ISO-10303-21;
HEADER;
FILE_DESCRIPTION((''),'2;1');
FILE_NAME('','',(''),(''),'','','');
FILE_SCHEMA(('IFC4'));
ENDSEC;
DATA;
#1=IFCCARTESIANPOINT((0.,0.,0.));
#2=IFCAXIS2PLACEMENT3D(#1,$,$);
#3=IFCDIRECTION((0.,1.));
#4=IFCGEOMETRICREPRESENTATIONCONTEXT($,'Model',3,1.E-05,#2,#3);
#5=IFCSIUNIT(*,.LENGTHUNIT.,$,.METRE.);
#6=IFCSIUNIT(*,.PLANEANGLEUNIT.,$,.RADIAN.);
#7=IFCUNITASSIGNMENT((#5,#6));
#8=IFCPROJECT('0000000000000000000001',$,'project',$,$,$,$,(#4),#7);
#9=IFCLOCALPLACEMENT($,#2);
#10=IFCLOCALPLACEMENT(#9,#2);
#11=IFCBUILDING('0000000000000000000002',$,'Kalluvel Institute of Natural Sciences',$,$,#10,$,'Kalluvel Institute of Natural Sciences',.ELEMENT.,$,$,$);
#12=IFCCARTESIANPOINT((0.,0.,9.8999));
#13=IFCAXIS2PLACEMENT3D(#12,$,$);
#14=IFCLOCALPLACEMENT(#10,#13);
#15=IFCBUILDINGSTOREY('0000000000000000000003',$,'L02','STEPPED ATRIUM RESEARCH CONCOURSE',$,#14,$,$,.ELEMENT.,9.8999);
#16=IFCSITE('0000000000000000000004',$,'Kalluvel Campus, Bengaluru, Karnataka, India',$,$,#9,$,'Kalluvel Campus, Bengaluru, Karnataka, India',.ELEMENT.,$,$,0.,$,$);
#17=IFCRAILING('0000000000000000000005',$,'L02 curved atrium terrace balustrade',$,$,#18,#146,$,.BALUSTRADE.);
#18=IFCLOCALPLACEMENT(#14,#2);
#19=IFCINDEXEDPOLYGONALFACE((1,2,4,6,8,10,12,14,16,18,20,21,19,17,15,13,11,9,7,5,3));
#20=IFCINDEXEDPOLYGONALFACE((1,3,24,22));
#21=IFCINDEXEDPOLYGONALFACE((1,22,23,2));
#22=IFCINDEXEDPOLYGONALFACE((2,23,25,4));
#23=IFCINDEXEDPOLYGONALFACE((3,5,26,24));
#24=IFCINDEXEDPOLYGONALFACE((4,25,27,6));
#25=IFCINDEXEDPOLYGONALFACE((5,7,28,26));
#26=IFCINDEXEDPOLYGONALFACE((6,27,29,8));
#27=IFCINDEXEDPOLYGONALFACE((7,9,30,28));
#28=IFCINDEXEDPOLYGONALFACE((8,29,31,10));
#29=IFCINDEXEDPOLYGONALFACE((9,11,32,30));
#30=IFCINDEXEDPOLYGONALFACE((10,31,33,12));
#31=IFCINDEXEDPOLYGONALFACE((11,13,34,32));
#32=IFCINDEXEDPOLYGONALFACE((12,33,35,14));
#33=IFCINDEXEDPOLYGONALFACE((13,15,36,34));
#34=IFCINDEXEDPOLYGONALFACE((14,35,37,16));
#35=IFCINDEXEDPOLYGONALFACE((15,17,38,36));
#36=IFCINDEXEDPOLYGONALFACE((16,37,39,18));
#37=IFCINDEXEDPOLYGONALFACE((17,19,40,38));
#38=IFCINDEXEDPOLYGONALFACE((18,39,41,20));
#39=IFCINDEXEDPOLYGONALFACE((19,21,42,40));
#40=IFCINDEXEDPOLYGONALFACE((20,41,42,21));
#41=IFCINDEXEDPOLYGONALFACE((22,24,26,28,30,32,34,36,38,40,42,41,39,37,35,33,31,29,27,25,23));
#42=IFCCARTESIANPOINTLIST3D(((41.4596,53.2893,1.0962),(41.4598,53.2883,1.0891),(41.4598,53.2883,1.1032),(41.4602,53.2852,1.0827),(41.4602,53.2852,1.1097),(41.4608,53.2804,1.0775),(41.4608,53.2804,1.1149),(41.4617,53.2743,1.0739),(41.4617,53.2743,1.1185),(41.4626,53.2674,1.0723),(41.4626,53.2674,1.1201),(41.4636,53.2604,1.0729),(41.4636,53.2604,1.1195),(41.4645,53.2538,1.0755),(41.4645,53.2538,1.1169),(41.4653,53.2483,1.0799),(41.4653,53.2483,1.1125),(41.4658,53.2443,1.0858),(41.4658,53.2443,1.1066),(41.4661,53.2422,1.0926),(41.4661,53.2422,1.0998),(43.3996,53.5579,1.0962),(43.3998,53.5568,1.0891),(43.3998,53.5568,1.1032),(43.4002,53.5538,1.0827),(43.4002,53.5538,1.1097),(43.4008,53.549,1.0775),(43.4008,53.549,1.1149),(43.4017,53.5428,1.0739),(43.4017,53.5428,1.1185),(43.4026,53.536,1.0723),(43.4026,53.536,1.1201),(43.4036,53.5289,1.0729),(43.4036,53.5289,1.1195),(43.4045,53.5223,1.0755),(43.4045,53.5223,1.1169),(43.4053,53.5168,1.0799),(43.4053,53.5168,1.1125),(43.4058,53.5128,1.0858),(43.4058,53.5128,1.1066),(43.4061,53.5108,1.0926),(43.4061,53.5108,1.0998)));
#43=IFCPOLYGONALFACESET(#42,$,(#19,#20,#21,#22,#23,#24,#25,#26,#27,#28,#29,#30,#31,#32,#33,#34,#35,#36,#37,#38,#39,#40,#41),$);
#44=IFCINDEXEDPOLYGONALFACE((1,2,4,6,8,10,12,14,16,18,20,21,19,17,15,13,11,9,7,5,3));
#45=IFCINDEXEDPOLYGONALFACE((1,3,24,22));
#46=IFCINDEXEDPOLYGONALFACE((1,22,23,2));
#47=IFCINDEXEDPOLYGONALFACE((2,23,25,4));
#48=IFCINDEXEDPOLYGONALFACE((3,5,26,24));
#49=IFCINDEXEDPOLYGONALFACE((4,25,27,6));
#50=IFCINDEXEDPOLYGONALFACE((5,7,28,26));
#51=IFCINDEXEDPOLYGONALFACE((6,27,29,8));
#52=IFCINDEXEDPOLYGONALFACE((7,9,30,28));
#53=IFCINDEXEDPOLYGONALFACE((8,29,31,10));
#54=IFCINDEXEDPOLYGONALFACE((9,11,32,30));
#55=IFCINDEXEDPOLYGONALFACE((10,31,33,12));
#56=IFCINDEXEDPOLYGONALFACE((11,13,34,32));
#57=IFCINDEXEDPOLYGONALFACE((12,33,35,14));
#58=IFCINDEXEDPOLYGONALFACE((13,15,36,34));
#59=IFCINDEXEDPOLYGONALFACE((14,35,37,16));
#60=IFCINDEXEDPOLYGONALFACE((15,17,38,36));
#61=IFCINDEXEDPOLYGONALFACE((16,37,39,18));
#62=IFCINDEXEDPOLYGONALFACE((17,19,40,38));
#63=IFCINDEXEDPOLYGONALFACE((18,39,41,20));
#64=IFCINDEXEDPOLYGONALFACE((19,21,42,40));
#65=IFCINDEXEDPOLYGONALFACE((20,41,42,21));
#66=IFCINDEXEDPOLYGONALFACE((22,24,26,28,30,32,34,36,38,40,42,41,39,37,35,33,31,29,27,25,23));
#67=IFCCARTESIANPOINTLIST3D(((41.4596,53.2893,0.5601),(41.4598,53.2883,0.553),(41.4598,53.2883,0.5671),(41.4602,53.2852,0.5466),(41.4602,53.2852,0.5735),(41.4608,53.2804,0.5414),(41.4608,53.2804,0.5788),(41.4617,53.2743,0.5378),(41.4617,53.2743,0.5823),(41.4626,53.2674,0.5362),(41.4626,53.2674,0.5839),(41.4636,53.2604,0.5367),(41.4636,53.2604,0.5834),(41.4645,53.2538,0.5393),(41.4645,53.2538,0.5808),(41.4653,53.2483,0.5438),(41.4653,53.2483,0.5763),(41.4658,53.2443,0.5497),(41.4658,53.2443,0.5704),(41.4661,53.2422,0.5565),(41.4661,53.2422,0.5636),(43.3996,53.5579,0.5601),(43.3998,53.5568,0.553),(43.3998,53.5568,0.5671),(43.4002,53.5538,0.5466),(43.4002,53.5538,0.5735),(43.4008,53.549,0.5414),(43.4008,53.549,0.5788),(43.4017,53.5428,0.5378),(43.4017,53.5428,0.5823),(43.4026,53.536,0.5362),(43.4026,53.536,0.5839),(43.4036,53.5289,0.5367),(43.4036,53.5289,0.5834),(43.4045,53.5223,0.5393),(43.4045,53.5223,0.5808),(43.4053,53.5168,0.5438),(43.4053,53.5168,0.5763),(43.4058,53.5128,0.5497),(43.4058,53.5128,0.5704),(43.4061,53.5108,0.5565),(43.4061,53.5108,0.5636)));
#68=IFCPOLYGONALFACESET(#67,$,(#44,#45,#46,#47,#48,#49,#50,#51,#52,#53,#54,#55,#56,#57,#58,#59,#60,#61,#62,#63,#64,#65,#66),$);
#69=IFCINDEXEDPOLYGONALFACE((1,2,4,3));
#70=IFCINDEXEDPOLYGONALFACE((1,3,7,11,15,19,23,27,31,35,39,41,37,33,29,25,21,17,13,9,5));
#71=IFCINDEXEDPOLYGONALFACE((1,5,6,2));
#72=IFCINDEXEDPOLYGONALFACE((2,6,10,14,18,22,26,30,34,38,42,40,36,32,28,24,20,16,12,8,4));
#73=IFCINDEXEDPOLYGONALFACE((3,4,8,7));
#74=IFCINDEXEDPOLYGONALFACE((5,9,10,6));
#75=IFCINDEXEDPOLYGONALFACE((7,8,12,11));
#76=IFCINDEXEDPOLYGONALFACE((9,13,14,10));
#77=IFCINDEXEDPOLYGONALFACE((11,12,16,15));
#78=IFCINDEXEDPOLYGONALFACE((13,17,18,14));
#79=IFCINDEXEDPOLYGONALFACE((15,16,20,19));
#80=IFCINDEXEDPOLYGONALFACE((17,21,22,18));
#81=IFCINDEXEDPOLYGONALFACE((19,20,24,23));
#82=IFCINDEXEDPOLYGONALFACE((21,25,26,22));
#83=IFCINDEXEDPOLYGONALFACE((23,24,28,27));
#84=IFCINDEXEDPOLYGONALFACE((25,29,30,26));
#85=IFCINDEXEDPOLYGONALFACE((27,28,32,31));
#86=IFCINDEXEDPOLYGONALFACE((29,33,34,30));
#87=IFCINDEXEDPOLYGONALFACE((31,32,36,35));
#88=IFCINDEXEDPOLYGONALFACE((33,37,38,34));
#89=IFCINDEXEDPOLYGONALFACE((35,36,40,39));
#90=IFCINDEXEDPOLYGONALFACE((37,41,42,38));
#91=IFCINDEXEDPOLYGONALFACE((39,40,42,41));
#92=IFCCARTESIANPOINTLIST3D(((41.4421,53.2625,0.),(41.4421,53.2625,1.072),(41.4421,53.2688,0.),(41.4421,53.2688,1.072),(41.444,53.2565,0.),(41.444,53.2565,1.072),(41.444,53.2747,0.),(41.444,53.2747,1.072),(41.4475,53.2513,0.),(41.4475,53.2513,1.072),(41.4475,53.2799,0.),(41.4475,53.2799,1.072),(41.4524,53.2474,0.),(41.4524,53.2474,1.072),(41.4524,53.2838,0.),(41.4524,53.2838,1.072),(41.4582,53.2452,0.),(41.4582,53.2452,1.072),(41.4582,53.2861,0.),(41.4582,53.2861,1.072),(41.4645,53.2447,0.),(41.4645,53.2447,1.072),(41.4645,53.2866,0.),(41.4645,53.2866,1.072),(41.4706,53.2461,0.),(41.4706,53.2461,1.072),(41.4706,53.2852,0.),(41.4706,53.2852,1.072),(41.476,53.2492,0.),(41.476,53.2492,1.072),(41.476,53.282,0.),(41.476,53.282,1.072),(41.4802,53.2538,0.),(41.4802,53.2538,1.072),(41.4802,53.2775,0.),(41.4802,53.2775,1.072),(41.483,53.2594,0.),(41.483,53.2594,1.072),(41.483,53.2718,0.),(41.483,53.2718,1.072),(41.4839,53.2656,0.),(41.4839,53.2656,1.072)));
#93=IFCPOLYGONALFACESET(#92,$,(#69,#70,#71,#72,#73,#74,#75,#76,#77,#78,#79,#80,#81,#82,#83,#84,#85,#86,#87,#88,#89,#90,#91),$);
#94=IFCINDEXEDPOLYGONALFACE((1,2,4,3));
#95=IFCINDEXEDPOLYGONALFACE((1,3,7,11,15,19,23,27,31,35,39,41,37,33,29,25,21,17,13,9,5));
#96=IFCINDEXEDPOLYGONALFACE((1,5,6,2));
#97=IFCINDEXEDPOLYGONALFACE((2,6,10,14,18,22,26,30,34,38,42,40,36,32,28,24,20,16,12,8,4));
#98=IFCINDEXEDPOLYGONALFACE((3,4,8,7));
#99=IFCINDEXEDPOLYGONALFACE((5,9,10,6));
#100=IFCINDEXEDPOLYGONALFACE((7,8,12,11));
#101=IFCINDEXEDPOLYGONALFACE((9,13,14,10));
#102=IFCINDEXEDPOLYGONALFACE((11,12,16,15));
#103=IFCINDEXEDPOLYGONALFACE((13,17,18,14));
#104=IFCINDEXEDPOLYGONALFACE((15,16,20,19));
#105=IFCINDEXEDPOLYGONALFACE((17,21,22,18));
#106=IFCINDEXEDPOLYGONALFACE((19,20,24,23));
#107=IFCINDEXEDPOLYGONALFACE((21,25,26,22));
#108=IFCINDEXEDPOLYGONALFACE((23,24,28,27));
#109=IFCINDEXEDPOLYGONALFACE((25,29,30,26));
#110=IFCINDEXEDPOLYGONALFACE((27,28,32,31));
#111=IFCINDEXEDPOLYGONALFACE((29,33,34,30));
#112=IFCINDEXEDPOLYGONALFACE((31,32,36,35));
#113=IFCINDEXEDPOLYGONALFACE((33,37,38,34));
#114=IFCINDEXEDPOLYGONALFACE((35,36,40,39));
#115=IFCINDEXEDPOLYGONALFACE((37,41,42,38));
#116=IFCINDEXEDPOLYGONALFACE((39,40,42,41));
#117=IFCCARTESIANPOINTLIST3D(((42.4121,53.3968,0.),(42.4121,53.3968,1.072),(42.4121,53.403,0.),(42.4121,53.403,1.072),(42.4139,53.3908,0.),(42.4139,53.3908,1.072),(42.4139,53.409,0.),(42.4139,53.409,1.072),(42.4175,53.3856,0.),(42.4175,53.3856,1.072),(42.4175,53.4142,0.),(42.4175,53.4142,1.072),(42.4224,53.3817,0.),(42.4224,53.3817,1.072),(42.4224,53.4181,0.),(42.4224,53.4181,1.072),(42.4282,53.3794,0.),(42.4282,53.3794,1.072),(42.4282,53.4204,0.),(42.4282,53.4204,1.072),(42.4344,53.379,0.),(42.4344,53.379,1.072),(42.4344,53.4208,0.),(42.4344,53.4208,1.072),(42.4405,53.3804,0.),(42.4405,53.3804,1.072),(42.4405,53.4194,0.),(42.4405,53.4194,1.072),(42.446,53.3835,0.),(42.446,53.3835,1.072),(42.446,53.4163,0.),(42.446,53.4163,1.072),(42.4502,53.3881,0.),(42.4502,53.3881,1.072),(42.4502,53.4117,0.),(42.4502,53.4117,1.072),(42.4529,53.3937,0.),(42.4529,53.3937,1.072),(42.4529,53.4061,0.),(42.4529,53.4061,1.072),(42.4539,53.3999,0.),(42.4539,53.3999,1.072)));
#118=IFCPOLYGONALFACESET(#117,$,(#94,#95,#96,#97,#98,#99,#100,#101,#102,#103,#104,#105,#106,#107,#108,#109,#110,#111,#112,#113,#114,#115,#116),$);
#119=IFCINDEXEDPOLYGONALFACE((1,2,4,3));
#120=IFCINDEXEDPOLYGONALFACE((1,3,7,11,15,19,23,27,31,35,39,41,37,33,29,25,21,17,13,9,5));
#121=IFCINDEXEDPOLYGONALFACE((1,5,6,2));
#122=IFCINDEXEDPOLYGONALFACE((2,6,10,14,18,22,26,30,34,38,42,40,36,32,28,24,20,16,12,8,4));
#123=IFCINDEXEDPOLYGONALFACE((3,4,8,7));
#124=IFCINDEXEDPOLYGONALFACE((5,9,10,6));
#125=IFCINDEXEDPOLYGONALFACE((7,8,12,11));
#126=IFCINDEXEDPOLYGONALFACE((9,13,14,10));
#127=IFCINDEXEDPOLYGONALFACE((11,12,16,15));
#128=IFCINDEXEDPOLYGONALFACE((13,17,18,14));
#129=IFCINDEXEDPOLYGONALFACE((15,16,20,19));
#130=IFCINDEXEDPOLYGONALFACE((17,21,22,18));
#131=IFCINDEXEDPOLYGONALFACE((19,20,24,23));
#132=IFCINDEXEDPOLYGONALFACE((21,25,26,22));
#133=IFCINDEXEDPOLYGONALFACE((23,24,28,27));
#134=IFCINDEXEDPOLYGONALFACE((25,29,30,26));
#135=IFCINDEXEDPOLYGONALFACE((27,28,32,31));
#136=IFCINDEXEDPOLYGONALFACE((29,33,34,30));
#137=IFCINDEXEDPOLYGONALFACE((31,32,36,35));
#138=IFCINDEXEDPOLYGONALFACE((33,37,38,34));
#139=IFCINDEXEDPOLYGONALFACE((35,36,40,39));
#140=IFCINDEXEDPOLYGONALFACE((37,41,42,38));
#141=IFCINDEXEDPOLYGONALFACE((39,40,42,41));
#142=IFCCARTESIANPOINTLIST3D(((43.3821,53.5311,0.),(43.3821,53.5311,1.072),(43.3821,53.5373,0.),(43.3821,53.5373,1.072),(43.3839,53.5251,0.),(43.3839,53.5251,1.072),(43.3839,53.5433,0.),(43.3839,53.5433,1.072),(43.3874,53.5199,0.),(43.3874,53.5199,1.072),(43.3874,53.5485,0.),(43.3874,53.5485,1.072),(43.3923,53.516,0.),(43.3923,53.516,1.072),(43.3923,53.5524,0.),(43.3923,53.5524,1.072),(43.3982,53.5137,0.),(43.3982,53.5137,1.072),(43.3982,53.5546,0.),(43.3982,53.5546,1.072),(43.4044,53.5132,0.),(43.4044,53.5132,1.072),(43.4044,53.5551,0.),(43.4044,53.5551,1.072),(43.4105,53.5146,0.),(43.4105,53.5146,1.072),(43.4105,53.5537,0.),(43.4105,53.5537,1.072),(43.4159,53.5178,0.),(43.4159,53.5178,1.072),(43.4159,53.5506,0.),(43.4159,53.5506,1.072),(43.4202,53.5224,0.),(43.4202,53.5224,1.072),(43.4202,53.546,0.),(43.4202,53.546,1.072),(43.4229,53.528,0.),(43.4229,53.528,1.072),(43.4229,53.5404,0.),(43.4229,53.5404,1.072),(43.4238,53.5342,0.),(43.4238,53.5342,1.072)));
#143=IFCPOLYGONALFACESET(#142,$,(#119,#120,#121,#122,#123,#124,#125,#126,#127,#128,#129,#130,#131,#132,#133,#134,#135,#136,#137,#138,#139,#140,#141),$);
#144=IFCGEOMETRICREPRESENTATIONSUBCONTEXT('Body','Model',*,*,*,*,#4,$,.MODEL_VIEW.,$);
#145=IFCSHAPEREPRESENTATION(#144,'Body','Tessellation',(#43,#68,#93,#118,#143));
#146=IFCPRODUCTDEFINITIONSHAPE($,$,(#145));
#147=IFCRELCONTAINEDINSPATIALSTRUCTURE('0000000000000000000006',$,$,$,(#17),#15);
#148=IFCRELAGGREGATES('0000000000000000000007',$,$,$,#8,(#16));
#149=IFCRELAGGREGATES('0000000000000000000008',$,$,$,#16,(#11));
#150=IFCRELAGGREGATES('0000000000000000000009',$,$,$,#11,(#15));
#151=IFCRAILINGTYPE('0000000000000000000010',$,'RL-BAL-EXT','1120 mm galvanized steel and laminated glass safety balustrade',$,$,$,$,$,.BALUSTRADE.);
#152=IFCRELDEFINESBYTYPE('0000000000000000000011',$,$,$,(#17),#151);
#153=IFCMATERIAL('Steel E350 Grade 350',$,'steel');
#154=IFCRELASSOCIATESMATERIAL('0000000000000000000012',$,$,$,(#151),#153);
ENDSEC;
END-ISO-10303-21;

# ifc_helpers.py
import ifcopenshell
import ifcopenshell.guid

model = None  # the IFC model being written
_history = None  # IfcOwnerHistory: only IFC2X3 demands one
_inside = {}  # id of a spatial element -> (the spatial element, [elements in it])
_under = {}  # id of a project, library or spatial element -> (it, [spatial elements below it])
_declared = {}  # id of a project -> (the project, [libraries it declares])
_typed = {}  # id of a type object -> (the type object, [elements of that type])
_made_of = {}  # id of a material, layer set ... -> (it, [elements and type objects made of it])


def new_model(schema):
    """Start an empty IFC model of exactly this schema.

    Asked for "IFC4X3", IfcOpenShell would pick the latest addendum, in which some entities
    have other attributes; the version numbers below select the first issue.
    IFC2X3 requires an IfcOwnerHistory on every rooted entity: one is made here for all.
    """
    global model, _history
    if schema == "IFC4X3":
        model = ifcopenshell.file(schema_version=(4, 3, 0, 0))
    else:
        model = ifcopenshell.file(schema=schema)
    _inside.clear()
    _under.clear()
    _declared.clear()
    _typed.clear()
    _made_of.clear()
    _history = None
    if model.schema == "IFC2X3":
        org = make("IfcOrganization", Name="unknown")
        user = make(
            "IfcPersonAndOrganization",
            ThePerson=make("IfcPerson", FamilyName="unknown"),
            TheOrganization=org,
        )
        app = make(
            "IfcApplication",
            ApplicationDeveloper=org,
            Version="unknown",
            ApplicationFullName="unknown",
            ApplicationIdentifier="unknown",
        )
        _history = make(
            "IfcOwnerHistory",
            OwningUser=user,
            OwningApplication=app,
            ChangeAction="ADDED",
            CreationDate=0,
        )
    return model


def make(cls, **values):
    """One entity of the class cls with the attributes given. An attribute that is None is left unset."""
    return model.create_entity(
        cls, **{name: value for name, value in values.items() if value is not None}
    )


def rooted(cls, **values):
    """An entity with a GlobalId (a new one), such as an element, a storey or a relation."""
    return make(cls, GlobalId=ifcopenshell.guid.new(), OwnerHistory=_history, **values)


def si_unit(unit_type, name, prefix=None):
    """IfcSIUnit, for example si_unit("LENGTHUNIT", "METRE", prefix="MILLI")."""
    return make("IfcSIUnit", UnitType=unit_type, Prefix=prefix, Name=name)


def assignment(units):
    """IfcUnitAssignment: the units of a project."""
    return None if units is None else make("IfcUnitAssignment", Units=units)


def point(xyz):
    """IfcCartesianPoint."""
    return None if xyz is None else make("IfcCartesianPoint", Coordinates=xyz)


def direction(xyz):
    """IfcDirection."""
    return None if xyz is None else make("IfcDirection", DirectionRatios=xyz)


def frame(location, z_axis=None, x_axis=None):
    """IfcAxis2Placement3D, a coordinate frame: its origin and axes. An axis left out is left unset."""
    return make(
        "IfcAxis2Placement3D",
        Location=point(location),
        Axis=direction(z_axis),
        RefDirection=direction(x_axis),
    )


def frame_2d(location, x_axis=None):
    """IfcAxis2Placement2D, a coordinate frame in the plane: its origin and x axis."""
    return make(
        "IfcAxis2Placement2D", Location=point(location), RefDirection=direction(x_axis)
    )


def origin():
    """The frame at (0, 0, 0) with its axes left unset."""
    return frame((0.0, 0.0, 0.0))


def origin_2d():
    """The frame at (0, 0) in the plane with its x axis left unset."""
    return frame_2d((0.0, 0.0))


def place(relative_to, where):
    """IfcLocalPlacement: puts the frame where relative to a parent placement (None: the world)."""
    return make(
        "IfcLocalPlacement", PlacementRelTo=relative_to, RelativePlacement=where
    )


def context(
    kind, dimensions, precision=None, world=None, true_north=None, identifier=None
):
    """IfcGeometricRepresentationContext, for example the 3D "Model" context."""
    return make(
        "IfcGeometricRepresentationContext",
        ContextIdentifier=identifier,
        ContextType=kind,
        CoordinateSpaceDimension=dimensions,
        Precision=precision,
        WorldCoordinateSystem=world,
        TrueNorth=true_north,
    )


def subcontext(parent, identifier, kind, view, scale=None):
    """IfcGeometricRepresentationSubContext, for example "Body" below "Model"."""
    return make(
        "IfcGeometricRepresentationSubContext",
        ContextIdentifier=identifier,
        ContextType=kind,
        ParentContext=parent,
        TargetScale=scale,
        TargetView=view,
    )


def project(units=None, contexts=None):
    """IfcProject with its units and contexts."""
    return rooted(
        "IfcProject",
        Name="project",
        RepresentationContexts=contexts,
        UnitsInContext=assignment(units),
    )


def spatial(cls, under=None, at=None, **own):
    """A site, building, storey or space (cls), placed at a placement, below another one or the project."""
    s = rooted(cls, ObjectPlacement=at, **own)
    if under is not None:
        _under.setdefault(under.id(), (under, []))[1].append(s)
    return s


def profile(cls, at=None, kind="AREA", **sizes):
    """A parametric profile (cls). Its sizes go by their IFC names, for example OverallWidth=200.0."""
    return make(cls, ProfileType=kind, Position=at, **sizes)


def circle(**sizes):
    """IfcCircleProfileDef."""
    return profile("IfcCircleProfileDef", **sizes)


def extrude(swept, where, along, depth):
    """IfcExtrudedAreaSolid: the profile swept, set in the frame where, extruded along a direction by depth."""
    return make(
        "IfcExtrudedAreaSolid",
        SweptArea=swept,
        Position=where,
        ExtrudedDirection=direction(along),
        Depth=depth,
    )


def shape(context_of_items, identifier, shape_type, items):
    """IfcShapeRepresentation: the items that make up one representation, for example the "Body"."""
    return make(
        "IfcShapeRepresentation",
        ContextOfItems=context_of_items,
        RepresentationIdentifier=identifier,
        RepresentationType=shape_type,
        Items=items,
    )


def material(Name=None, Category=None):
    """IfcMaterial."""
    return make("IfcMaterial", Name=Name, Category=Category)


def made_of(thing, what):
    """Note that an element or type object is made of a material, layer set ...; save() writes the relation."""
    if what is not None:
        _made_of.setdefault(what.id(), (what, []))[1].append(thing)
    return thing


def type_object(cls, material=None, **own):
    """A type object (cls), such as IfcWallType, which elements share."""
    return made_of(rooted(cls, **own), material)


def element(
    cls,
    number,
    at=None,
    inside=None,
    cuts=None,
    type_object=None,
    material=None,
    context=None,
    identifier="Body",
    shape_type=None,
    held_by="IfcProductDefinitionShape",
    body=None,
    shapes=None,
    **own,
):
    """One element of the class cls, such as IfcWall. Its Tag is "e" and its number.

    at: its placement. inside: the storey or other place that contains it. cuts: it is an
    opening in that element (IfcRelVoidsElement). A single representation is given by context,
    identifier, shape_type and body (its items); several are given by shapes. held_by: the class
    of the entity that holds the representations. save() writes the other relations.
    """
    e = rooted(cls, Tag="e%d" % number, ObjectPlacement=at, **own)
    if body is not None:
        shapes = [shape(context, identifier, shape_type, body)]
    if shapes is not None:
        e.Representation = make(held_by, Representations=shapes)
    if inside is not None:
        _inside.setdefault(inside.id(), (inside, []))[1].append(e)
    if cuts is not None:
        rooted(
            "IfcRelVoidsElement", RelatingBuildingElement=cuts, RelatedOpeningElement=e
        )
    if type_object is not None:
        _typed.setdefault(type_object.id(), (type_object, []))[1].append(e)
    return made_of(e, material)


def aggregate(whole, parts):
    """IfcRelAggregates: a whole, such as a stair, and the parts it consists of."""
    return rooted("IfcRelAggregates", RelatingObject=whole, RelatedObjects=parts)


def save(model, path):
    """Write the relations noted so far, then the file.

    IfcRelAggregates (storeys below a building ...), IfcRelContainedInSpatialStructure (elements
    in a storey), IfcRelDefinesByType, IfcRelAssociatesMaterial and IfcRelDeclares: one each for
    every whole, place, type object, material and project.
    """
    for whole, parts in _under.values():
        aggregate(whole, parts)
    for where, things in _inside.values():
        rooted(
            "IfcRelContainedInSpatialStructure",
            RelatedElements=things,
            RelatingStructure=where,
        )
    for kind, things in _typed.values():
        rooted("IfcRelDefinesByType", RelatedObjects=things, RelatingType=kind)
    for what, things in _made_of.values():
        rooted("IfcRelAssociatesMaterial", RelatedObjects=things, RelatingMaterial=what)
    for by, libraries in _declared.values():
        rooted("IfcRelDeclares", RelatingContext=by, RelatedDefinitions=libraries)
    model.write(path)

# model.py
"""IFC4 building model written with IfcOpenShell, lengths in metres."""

from ifc_helpers import new_model, si_unit, direction, frame, origin, origin_2d, place, context, subcontext, project, spatial, circle, extrude, material, type_object, element, save


model = new_model("IFC4")

# Units and contexts
model_context = context("Model", 3, precision=1e-05, world=origin(), true_north=direction((0.0, 1.0)))
body_context = subcontext(model_context, "Body", "Model", "MODEL_VIEW")
ifc_project = project(units=[si_unit("LENGTHUNIT", "METRE"), si_unit("PLANEANGLEUNIT", "RADIAN")], contexts=[model_context])

# Site, building, storey
site_placement = place(None, origin())
site = spatial("IfcSite", under=ifc_project, at=site_placement, Name="Kalluvel Campus, Bengaluru, Karnataka, India", LongName="Kalluvel Campus, Bengaluru, Karnataka, India", CompositionType="ELEMENT", RefElevation=0.0)
building_placement = place(site_placement, origin())
building = spatial("IfcBuilding", under=site, at=building_placement, Name="Kalluvel Institute of Natural Sciences", LongName="Kalluvel Institute of Natural Sciences", CompositionType="ELEMENT")
storey_placement = place(building_placement, frame((0.0, 0.0, 9.8999)))
storey = spatial("IfcBuildingStorey", under=building, at=storey_placement, Name="L02", Description="STEPPED ATRIUM RESEARCH CONCOURSE", CompositionType="ELEMENT", Elevation=9.8999)

# Railing
ifc_material_1 = material(Name="Steel E350 Grade 350", Category="steel")
railing_type = type_object("IfcRailingType", Name="RL-BAL-EXT", Description="1120 mm galvanized steel and laminated glass safety balustrade", PredefinedType="BALUSTRADE", material=ifc_material_1)
railing_1_placement = place(storey_placement, frame((41.4629, 53.2656, 0.0)))
element("IfcRailing", 1, at=railing_1_placement, inside=storey, type_object=railing_type, Name="L02 curved atrium terrace balustrade", PredefinedType="BALUSTRADE", context=body_context, shape_type="SweptSolid", body=[
    extrude(circle(Radius=0.0239, at=origin_2d()), frame((0.0, 0.0, 1.0962), z_axis=(0.990554, 0.137127, 0.0), x_axis=(-0.137127, 0.990554, 0.0)), (0.0, 0.0, 1.0), 1.9585),
    extrude(circle(Radius=0.0239, at=origin_2d()), frame((0.0, 0.0, 0.5601), z_axis=(0.990554, 0.137127, 0.0), x_axis=(-0.137127, 0.990554, 0.0)), (0.0, 0.0, 1.0), 1.9585),
    extrude(circle(Radius=0.021, at=origin_2d()), origin(), (0.0, 0.0, 1.0), 1.072),
    extrude(circle(Radius=0.021, at=origin_2d()), frame((0.97, 0.1343, 0.0)), (0.0, 0.0, 1.0), 1.072),
    extrude(circle(Radius=0.021, at=origin_2d()), frame((1.9399, 0.2686, 0.0)), (0.0, 0.0, 1.0), 1.072),
])

save(model, "model.ifc")
